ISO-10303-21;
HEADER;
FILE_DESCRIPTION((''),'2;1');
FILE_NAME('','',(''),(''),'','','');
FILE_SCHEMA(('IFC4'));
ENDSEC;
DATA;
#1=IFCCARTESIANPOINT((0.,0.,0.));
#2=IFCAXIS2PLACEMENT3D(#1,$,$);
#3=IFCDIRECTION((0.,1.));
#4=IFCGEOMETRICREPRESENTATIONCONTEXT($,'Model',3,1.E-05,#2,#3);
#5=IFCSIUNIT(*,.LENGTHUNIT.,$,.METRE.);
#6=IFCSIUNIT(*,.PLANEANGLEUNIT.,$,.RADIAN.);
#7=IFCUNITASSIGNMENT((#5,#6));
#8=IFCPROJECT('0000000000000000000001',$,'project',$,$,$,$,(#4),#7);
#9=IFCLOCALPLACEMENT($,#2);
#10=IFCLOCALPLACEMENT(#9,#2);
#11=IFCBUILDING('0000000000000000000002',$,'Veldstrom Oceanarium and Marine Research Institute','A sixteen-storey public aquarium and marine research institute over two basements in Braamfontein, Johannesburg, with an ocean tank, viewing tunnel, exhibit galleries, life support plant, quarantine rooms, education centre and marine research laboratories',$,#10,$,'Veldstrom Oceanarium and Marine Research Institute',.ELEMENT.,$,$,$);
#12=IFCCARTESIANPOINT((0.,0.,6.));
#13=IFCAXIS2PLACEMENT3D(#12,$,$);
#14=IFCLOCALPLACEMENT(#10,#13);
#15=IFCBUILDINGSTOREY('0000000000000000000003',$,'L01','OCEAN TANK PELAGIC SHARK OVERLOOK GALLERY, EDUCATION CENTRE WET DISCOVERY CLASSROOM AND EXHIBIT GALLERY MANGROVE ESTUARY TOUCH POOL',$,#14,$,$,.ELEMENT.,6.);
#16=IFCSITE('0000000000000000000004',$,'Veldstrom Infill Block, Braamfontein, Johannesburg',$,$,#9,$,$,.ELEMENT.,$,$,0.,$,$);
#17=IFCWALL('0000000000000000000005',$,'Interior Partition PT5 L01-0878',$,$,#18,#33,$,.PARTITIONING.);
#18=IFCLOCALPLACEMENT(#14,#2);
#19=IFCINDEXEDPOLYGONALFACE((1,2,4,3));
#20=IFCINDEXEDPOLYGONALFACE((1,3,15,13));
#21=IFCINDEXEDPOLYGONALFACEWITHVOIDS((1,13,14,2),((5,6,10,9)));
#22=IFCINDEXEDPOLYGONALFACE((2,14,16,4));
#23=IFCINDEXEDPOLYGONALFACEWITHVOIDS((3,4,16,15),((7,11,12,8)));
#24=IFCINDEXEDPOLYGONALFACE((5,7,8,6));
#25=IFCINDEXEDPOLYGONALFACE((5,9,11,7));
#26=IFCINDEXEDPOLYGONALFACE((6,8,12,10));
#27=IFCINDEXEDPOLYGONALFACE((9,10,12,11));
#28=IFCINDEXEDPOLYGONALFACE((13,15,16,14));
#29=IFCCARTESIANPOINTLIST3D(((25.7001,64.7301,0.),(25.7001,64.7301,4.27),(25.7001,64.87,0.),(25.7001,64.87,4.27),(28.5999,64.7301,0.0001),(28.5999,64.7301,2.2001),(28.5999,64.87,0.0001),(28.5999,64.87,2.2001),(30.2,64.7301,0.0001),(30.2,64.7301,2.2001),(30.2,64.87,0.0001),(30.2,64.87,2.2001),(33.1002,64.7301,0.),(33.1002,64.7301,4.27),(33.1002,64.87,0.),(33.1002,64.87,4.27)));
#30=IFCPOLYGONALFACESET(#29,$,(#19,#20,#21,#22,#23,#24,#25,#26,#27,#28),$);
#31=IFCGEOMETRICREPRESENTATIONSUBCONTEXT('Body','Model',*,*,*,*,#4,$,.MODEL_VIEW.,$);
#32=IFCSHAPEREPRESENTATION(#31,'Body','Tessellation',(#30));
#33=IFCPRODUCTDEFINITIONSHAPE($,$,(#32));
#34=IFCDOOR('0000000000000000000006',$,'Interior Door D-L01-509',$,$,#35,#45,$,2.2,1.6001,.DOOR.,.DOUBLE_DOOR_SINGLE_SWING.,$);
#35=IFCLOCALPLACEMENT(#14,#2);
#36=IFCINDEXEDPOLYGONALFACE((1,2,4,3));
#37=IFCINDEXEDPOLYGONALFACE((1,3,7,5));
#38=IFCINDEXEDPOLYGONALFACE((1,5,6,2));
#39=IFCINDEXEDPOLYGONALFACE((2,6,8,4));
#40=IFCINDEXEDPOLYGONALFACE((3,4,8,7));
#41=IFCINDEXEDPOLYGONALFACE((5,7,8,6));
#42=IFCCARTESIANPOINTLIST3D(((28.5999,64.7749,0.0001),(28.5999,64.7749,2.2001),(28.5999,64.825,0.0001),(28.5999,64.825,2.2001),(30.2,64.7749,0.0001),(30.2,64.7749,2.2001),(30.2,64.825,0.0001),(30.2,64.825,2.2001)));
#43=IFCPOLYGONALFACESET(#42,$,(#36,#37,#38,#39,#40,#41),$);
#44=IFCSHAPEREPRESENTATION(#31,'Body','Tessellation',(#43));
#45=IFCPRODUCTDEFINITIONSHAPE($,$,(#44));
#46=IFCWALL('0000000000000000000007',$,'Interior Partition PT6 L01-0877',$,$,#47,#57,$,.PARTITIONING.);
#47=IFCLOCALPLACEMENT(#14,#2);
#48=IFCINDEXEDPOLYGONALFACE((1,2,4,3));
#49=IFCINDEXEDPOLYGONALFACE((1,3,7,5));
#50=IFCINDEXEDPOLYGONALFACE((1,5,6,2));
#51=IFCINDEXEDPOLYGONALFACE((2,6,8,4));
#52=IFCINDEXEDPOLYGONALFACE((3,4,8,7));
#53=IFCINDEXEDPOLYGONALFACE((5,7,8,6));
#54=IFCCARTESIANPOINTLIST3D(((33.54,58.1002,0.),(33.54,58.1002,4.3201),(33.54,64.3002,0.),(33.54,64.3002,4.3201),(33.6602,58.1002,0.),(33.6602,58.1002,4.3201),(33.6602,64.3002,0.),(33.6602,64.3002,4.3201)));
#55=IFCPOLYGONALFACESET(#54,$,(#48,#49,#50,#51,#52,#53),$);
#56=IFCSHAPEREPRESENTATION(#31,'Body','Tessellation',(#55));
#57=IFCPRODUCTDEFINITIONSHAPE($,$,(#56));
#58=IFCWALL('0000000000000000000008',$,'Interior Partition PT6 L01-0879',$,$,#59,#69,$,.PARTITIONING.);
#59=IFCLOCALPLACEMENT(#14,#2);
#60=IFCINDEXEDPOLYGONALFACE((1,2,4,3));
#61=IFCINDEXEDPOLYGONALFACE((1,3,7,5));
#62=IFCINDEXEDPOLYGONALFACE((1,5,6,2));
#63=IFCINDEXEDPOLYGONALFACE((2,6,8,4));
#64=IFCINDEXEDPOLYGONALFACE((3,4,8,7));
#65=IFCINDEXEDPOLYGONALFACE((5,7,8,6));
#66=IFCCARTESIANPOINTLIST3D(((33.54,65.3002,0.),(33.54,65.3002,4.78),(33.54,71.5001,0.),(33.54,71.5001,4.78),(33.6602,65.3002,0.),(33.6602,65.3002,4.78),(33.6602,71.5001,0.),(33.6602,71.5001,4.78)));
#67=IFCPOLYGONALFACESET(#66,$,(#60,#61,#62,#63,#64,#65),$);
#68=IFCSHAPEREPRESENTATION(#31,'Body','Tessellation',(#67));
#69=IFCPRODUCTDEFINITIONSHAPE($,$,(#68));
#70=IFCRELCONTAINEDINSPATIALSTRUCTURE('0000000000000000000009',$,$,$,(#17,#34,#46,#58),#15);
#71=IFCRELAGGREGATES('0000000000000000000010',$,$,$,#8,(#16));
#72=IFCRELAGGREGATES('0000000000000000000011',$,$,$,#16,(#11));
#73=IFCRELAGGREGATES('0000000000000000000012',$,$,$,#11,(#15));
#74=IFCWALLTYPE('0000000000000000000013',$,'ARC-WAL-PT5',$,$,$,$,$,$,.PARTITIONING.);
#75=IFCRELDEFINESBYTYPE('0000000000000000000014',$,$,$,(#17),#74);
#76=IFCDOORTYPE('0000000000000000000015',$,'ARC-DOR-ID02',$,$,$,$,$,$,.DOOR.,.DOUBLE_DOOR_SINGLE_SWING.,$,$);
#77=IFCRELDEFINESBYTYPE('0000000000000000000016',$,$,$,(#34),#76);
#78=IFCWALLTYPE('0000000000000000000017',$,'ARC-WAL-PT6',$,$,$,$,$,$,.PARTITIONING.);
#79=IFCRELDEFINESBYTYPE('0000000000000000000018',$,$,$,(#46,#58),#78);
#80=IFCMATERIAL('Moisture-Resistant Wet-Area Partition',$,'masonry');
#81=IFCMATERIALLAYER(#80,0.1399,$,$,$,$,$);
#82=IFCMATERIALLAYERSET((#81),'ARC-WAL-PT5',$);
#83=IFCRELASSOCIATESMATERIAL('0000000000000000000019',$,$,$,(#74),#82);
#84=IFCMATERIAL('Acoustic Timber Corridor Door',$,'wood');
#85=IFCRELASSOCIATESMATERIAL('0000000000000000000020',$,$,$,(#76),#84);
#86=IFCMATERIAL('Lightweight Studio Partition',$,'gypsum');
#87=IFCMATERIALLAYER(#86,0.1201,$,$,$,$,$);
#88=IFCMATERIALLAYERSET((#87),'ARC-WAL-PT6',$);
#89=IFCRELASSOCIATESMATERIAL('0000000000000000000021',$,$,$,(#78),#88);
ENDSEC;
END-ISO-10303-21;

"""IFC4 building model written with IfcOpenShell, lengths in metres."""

from ifc_helpers import new_model, si_unit, direction, frame, frame_2d, origin, place, context, subcontext, project, spatial, rectangle, extrude, material, layer, layer_set, type_object, element, fill, save


model = new_model("IFC4")

# Units and contexts
model_context = context("Model", 3, precision=1e-05, world=origin(), true_north=direction((0.0, 1.0)))
body_context = subcontext(model_context, "Body", "Model", "MODEL_VIEW")
ifc_project = project(units=[si_unit("LENGTHUNIT", "METRE"), si_unit("PLANEANGLEUNIT", "RADIAN")], contexts=[model_context])

# Site, building, storey
site_placement = place(None, origin())
site = spatial("IfcSite", under=ifc_project, at=site_placement, Name="Veldstrom Infill Block, Braamfontein, Johannesburg", CompositionType="ELEMENT", RefElevation=0.0)
building_placement = place(site_placement, origin())
building = spatial("IfcBuilding", under=site, at=building_placement, Name="Veldstrom Oceanarium and Marine Research Institute", Description="A sixteen-storey public aquarium and marine research institute over two basements in Braamfontein, Johannesburg, with an ocean tank, viewing tunnel, exhibit galleries, life support plant, quarantine rooms, education centre and marine research laboratories", LongName="Veldstrom Oceanarium and Marine Research Institute", CompositionType="ELEMENT")
storey_placement = place(building_placement, frame((0.0, 0.0, 6.0)))
storey = spatial("IfcBuildingStorey", under=building, at=storey_placement, Name="L01", Description="OCEAN TANK PELAGIC SHARK OVERLOOK GALLERY, EDUCATION CENTRE WET DISCOVERY CLASSROOM AND EXHIBIT GALLERY MANGROVE ESTUARY TOUCH POOL", CompositionType="ELEMENT", Elevation=6.0)

# Wall, opening, door
ifc_material_1 = material(Name="Moisture-Resistant Wet-Area Partition", Category="masonry")
ifc_layer_1 = layer(ifc_material_1, 0.1399)
ifc_layer_set_1 = layer_set([ifc_layer_1], Name="ARC-WAL-PT5")
wall_type_1 = type_object("IfcWallType", Name="ARC-WAL-PT5", PredefinedType="PARTITIONING", material=ifc_layer_set_1)
wall_1_placement = place(storey_placement, frame((25.7, 64.8, 0.0), z_axis=(0.0, 0.0, 1.0), x_axis=(1.0, 0.0, 0.0)))
wall_1 = element("IfcWall", 1, at=wall_1_placement, inside=storey, type_object=wall_type_1, Name="Interior Partition PT5 L01-0878", PredefinedType="PARTITIONING", context=body_context, shape_type="SweptSolid", body=[
    extrude(rectangle(XDim=7.4001, YDim=0.1399, at=frame_2d((3.7002, 0.0))), origin(), (0.0, 0.0, 1.0), 4.27),
])
opening_1_placement = place(wall_1_placement, frame((2.8999, 0.0, 0.0)))
opening_1 = element("IfcOpeningElement", 2, at=opening_1_placement, cuts=wall_1, PredefinedType="OPENING", context=body_context, shape_type="SweptSolid", body=[
    extrude(rectangle(XDim=1.6001, YDim=2.2, at=frame_2d((0.8, 1.1001))), frame((0.0, 0.0798, 0.0), z_axis=(0.0, -1.0, 0.0), x_axis=(1.0, 0.0, 0.0)), (0.0, 0.0, 1.0), 0.1599),
])
ifc_material_2 = material(Name="Acoustic Timber Corridor Door", Category="wood")
door_type_1 = type_object("IfcDoorType", Name="ARC-DOR-ID02", OperationType="DOUBLE_DOOR_SINGLE_SWING", PredefinedType="DOOR", material=ifc_material_2)
door_1_placement = place(opening_1_placement, origin())
door_1 = element("IfcDoor", 3, at=door_1_placement, inside=storey, type_object=door_type_1, Name="Interior Door D-L01-509", OperationType="DOUBLE_DOOR_SINGLE_SWING", OverallHeight=2.2, OverallWidth=1.6001, PredefinedType="DOOR", context=body_context, shape_type="SweptSolid", body=[
    extrude(rectangle(XDim=1.6001, YDim=2.2, at=frame_2d((0.8, 1.1001))), frame((0.0, 0.0249, 0.0), z_axis=(0.0, -1.0, 0.0), x_axis=(1.0, 0.0, 0.0)), (0.0, 0.0, 1.0), 0.05),
])
fill(opening_1, door_1)

# Walls
ifc_material_3 = material(Name="Lightweight Studio Partition", Category="gypsum")
ifc_layer_2 = layer(ifc_material_3, 0.1201)
ifc_layer_set_2 = layer_set([ifc_layer_2], Name="ARC-WAL-PT6")
wall_type_2 = type_object("IfcWallType", Name="ARC-WAL-PT6", PredefinedType="PARTITIONING", material=ifc_layer_set_2)
wall_2_placement = place(storey_placement, frame((33.6001, 58.1001, 0.0), z_axis=(0.0, 0.0, 1.0), x_axis=(0.0, 1.0, 0.0)))
element("IfcWall", 4, at=wall_2_placement, inside=storey, type_object=wall_type_2, Name="Interior Partition PT6 L01-0877", PredefinedType="PARTITIONING", context=body_context, shape_type="SweptSolid", body=[
    extrude(rectangle(XDim=6.2, YDim=0.1201, at=frame_2d((3.1001, 0.0))), origin(), (0.0, 0.0, 1.0), 4.3201),
])
wall_3_placement = place(storey_placement, frame((33.6001, 65.3, 0.0), z_axis=(0.0, 0.0, 1.0), x_axis=(0.0, 1.0, 0.0)))
element("IfcWall", 5, at=wall_3_placement, inside=storey, type_object=wall_type_2, Name="Interior Partition PT6 L01-0879", PredefinedType="PARTITIONING", context=body_context, shape_type="SweptSolid", body=[
    extrude(rectangle(XDim=6.2, YDim=0.1201, at=frame_2d((3.1001, 0.0))), origin(), (0.0, 0.0, 1.0), 4.78),
])

save(model, "model.ifc")
